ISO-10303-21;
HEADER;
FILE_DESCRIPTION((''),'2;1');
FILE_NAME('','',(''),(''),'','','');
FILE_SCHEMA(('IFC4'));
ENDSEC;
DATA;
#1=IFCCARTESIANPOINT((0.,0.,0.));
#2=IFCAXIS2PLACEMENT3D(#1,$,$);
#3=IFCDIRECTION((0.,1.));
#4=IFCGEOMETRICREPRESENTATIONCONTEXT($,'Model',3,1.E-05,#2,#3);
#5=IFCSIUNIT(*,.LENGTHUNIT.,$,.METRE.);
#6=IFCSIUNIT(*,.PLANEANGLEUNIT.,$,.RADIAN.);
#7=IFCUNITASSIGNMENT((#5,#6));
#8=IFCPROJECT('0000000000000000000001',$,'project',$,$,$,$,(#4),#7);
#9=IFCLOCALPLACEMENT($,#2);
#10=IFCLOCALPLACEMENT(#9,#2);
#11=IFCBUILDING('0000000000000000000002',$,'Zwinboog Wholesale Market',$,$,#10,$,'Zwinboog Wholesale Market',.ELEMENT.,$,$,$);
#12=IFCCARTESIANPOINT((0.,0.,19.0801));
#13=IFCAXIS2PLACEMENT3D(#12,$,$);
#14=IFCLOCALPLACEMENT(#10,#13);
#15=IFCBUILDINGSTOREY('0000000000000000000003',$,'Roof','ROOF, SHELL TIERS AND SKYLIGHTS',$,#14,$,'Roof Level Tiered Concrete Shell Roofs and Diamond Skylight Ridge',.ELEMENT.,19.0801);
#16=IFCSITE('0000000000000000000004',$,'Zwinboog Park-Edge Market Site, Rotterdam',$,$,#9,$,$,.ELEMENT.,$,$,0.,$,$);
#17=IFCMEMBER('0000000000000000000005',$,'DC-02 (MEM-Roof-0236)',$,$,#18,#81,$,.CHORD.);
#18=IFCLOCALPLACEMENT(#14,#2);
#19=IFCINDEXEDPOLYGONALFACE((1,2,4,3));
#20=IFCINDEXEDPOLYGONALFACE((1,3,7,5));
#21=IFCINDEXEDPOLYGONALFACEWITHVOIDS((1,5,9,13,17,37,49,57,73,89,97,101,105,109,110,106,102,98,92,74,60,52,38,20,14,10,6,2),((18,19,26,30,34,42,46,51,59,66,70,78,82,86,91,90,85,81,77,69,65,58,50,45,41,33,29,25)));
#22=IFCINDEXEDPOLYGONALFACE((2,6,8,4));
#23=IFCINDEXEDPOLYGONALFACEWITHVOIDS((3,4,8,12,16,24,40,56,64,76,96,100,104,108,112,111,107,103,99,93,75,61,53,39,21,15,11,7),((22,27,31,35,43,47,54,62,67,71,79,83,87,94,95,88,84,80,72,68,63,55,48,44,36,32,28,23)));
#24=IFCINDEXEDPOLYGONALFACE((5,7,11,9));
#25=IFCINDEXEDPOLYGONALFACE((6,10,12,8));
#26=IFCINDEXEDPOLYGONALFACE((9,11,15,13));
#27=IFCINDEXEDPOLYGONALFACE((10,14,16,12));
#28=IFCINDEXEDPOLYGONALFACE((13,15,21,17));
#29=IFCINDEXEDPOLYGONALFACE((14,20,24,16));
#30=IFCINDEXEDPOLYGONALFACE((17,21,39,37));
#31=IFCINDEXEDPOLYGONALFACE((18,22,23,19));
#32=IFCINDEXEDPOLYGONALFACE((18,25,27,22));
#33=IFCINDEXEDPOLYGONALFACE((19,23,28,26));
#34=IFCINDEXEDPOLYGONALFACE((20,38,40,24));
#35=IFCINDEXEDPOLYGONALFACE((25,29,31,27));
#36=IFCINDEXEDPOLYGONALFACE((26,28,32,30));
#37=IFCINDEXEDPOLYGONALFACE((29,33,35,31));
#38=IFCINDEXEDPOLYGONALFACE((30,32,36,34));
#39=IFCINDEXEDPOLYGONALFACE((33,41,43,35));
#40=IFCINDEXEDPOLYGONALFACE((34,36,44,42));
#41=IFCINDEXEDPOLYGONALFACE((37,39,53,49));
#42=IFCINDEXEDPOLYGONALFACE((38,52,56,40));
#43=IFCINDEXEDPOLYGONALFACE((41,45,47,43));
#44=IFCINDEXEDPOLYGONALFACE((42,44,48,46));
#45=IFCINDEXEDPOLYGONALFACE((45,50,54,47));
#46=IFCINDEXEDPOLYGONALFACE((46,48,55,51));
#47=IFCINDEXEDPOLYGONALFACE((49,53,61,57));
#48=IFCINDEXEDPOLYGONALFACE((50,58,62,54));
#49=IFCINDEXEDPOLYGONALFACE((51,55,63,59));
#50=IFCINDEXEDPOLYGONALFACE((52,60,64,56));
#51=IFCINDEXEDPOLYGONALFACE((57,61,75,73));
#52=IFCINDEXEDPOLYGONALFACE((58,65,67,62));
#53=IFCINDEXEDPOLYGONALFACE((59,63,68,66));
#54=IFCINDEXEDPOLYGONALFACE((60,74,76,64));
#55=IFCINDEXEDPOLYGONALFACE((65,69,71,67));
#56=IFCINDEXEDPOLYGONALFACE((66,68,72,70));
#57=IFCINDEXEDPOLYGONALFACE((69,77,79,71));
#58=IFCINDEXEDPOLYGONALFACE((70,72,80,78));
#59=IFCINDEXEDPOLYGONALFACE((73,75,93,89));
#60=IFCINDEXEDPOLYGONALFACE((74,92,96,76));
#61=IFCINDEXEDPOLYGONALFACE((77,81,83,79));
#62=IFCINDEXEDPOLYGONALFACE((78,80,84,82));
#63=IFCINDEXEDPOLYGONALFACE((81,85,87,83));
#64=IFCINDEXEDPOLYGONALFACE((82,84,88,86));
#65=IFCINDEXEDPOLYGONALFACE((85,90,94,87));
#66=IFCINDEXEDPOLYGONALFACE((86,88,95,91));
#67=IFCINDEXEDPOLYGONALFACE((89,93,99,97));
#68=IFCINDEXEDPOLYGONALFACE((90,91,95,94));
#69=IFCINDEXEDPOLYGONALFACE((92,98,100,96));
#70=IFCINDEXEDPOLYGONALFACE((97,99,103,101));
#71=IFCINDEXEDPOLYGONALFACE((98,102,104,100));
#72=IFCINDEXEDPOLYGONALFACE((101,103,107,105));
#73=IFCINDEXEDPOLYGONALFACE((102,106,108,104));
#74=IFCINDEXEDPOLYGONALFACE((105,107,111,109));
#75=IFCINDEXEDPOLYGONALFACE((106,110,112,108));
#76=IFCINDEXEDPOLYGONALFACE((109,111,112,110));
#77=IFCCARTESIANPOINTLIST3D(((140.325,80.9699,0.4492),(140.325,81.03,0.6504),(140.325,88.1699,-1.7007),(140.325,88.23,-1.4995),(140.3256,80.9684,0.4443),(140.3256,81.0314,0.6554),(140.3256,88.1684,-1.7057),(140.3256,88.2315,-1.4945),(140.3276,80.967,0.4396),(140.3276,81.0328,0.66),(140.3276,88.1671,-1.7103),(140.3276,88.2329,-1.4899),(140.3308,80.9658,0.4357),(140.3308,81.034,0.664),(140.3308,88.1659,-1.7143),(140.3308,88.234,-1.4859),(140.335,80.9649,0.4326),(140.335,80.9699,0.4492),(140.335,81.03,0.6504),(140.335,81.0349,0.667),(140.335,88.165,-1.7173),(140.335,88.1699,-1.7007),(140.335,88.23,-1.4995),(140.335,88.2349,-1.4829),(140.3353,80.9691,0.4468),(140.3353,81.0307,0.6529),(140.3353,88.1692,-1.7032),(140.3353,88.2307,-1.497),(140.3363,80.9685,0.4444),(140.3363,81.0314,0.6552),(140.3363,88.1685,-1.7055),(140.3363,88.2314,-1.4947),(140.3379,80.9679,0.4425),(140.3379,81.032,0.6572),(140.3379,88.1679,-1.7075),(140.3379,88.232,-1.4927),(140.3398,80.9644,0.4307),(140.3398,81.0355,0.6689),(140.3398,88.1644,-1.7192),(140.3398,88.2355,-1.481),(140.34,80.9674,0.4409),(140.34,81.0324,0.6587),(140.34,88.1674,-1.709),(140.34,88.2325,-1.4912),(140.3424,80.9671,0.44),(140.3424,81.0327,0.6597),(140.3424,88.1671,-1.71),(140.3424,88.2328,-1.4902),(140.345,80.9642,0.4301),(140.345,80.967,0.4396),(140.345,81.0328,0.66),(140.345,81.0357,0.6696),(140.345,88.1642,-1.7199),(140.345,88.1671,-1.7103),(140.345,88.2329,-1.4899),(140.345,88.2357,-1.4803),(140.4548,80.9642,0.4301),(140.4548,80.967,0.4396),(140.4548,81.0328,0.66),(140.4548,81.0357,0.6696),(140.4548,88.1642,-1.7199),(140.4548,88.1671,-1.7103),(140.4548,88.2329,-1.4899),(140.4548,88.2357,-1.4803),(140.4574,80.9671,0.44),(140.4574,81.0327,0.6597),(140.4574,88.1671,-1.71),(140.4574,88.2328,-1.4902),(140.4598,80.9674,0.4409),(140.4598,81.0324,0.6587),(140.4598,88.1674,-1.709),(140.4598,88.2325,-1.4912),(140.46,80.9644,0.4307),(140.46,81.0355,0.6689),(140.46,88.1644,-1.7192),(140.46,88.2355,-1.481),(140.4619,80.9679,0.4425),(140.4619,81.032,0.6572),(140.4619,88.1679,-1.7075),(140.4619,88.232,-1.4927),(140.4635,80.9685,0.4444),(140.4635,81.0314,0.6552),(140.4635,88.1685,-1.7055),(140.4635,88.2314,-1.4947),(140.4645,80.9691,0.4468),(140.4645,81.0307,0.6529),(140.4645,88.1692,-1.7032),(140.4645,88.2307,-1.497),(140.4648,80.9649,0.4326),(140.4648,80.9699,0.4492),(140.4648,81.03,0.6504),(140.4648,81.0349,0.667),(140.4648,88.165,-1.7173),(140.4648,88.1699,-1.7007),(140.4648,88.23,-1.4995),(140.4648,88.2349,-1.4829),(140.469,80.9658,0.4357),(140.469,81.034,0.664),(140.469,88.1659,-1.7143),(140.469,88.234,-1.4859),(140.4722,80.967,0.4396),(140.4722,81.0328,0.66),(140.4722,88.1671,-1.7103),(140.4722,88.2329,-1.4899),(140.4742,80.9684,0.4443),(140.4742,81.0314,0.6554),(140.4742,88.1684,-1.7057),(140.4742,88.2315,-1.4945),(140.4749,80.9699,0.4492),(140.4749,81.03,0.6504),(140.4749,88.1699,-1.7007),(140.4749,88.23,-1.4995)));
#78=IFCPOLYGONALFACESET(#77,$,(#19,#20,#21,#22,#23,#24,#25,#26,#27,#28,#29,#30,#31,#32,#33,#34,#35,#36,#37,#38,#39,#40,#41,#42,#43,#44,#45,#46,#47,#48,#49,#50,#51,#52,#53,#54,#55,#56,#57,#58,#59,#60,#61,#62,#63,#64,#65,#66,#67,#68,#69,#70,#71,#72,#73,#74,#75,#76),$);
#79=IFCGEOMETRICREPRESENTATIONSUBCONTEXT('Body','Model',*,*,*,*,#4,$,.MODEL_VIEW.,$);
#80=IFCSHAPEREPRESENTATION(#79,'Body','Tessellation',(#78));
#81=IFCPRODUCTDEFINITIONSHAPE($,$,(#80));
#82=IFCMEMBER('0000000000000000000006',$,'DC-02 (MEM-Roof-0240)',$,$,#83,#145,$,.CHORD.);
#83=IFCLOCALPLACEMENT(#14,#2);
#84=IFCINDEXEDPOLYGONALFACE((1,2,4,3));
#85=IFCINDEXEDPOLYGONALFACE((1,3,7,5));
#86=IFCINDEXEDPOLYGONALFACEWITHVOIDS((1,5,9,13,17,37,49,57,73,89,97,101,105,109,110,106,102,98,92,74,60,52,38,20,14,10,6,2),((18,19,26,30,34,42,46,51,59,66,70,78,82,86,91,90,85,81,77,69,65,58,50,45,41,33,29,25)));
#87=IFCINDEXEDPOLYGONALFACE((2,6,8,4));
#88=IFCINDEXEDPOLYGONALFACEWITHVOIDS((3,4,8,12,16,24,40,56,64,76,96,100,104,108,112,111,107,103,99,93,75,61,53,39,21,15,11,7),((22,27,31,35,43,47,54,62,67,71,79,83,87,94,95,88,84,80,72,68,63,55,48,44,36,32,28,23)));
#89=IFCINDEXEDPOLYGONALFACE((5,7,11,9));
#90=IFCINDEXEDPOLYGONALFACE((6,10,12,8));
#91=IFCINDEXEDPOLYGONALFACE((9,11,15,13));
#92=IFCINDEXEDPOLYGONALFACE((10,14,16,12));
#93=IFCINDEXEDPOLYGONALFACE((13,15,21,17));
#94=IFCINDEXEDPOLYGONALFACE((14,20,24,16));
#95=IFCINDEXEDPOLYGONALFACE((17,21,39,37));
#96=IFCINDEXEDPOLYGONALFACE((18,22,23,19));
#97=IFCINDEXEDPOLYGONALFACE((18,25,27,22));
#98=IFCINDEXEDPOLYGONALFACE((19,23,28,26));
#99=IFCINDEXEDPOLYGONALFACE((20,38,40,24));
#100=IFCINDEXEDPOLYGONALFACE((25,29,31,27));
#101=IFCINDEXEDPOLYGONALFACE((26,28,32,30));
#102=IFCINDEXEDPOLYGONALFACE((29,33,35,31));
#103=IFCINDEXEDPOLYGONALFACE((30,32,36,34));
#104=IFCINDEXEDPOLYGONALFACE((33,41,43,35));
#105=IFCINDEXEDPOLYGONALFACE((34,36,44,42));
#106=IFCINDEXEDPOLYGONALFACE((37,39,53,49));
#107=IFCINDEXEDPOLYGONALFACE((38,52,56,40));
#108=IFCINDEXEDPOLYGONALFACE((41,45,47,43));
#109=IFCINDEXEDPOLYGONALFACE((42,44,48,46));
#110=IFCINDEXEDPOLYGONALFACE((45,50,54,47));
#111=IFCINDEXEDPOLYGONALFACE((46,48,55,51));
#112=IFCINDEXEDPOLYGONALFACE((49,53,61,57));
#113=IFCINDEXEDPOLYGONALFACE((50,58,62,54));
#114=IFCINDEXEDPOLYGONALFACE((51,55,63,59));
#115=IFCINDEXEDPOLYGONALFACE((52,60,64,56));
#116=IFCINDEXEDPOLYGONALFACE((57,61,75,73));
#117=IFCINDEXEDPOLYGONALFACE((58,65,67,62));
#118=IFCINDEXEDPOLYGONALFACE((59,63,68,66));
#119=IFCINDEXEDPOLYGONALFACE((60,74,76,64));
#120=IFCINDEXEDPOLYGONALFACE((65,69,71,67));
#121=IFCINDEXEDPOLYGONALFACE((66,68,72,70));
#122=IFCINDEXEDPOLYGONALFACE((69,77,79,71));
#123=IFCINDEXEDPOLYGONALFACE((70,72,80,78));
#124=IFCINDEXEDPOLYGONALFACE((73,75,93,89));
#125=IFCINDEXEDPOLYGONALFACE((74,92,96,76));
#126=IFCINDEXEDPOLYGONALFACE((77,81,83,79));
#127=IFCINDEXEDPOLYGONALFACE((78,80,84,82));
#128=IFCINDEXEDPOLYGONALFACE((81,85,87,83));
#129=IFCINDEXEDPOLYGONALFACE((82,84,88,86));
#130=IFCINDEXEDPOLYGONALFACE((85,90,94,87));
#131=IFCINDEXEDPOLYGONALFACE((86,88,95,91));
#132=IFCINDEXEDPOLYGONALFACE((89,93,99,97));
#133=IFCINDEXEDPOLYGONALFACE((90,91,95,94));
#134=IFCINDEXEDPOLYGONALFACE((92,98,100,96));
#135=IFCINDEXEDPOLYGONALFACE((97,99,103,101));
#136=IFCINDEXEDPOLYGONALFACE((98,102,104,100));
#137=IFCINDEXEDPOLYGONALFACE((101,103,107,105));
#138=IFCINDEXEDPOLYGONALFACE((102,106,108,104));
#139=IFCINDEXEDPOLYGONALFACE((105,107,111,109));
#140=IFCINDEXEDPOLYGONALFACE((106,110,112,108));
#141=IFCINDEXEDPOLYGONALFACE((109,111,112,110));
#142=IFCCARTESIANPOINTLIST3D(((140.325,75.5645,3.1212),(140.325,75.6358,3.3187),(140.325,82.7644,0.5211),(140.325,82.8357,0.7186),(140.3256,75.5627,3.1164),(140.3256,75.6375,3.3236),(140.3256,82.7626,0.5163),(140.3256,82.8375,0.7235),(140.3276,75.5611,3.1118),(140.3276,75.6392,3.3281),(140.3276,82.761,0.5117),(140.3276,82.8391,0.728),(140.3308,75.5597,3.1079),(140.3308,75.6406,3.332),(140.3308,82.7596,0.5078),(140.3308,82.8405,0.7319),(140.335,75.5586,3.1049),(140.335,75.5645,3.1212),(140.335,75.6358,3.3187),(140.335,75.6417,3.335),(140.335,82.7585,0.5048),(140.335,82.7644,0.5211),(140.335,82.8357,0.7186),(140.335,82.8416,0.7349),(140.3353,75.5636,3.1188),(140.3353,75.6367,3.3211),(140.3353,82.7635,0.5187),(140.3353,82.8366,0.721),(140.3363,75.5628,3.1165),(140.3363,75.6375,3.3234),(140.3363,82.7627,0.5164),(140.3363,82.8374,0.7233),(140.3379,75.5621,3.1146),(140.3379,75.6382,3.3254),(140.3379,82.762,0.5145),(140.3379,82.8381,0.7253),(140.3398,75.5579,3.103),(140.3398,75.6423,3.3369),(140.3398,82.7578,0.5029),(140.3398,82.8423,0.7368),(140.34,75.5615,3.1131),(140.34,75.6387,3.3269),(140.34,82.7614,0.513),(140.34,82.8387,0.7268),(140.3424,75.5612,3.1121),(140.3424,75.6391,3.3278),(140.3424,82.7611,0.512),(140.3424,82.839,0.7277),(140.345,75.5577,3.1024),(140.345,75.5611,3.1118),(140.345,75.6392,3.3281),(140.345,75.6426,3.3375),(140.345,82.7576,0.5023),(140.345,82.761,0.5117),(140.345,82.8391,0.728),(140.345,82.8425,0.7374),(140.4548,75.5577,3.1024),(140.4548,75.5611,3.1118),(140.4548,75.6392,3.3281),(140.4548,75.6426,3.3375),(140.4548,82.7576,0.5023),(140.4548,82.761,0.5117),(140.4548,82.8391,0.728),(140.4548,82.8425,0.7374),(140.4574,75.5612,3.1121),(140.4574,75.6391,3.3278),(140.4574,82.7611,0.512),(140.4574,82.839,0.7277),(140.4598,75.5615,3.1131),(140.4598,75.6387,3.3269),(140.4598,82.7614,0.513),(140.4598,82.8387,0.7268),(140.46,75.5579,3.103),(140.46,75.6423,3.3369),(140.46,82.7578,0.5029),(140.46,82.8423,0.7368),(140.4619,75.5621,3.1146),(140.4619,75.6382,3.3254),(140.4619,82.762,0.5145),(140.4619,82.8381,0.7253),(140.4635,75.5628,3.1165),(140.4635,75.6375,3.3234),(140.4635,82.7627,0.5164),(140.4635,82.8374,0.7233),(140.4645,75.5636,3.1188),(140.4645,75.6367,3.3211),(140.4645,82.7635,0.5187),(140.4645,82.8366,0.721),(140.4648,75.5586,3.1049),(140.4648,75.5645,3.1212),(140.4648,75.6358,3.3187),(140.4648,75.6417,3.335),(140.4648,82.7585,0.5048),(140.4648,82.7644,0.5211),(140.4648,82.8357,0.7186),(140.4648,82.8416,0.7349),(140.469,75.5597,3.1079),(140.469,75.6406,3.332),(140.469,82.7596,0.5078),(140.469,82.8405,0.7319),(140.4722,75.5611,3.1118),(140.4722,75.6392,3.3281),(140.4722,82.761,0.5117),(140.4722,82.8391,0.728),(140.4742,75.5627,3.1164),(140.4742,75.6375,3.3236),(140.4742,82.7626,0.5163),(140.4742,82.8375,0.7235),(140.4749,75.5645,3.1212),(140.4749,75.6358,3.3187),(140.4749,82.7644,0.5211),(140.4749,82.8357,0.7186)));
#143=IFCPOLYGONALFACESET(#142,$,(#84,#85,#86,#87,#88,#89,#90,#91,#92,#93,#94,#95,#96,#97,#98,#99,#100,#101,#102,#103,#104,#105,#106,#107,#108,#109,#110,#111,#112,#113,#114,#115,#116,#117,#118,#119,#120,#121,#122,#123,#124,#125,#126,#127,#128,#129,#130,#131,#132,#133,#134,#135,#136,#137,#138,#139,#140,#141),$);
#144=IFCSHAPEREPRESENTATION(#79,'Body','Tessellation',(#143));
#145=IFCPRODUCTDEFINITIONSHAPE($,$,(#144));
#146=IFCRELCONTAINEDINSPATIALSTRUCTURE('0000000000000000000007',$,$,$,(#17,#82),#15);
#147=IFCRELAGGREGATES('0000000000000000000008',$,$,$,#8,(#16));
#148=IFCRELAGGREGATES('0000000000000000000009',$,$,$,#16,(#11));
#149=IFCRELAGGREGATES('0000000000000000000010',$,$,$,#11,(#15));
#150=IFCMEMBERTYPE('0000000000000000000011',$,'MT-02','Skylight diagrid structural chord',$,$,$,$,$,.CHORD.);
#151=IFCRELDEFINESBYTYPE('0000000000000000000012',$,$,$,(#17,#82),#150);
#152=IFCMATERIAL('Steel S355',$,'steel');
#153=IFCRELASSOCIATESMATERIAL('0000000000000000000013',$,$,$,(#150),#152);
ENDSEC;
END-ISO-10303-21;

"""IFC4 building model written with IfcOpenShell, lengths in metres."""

from ifc_helpers import new_model, si_unit, direction, frame, origin, origin_2d, place, context, subcontext, project, spatial, hollow_rectangle, extrude, material, material_profile, profile_set, type_object, element, save


model = new_model("IFC4")

# Units and contexts
model_context = context("Model", 3, precision=1e-05, world=origin(), true_north=direction((0.0, 1.0)))
body_context = subcontext(model_context, "Body", "Model", "MODEL_VIEW")
ifc_project = project(units=[si_unit("LENGTHUNIT", "METRE"), si_unit("PLANEANGLEUNIT", "RADIAN")], contexts=[model_context])

# Site, building, storey
site_placement = place(None, origin())
site = spatial("IfcSite", under=ifc_project, at=site_placement, Name="Zwinboog Park-Edge Market Site, Rotterdam", CompositionType="ELEMENT", RefElevation=0.0)
building_placement = place(site_placement, origin())
building = spatial("IfcBuilding", under=site, at=building_placement, Name="Zwinboog Wholesale Market", LongName="Zwinboog Wholesale Market", CompositionType="ELEMENT")
storey_placement = place(building_placement, frame((0.0, 0.0, 19.0801)))
storey = spatial("IfcBuildingStorey", under=building, at=storey_placement, Name="Roof", Description="ROOF, SHELL TIERS AND SKYLIGHTS", LongName="Roof Level Tiered Concrete Shell Roofs and Diamond Skylight Ridge", CompositionType="ELEMENT", Elevation=19.0801)

# Members
ifc_material_1 = material(Name="Steel S355", Category="steel")
ifc_material_profile_1 = material_profile(ifc_material_1, hollow_rectangle(XDim=0.1499, YDim=0.25, WallThickness=0.01, InnerFilletRadius=0.01, OuterFilletRadius=0.02, at=origin_2d()), Name="RHS 250x150x10")
ifc_profile_set_1 = profile_set([ifc_material_profile_1], Name="Steel S355")
member_type_1 = type_object("IfcMemberType", Name="MT-02", Description="Skylight diagrid structural chord", PredefinedType="CHORD", material=ifc_profile_set_1)
for number, where, z_axis, x_axis, name in (
    (1, (140.3999, 88.2, -1.6001), (0.0, -0.958195, 0.286117), (1.0, 0.0, 0.0), "DC-02 (MEM-Roof-0236)"),
):
    element("IfcMember", number, at=place(storey_placement, frame(where, z_axis=z_axis, x_axis=x_axis)), inside=storey, type_object=member_type_1, Name=name, PredefinedType="CHORD", context=body_context, shape_type="SweptSolid", body=[
        extrude(hollow_rectangle(XDim=0.1499, YDim=0.25, WallThickness=0.01, InnerFilletRadius=0.01, OuterFilletRadius=0.02, at=origin_2d()), origin(), (0.0, 0.0, 1.0), 7.5142),
    ])
member_1_placement = place(storey_placement, frame((140.3999, 82.8, 0.6199), z_axis=(0.0, -0.940549, 0.339658), x_axis=(1.0, 0.0, 0.0)))
element("IfcMember", 2, at=member_1_placement, inside=storey, type_object=member_type_1, Name="DC-02 (MEM-Roof-0240)", PredefinedType="CHORD", context=body_context, shape_type="SweptSolid", body=[
    extrude(hollow_rectangle(XDim=0.1499, YDim=0.25, WallThickness=0.01, InnerFilletRadius=0.01, OuterFilletRadius=0.02, at=origin_2d()), origin(), (0.0, 0.0, 1.0), 7.655),
])

save(model, "model.ifc")
